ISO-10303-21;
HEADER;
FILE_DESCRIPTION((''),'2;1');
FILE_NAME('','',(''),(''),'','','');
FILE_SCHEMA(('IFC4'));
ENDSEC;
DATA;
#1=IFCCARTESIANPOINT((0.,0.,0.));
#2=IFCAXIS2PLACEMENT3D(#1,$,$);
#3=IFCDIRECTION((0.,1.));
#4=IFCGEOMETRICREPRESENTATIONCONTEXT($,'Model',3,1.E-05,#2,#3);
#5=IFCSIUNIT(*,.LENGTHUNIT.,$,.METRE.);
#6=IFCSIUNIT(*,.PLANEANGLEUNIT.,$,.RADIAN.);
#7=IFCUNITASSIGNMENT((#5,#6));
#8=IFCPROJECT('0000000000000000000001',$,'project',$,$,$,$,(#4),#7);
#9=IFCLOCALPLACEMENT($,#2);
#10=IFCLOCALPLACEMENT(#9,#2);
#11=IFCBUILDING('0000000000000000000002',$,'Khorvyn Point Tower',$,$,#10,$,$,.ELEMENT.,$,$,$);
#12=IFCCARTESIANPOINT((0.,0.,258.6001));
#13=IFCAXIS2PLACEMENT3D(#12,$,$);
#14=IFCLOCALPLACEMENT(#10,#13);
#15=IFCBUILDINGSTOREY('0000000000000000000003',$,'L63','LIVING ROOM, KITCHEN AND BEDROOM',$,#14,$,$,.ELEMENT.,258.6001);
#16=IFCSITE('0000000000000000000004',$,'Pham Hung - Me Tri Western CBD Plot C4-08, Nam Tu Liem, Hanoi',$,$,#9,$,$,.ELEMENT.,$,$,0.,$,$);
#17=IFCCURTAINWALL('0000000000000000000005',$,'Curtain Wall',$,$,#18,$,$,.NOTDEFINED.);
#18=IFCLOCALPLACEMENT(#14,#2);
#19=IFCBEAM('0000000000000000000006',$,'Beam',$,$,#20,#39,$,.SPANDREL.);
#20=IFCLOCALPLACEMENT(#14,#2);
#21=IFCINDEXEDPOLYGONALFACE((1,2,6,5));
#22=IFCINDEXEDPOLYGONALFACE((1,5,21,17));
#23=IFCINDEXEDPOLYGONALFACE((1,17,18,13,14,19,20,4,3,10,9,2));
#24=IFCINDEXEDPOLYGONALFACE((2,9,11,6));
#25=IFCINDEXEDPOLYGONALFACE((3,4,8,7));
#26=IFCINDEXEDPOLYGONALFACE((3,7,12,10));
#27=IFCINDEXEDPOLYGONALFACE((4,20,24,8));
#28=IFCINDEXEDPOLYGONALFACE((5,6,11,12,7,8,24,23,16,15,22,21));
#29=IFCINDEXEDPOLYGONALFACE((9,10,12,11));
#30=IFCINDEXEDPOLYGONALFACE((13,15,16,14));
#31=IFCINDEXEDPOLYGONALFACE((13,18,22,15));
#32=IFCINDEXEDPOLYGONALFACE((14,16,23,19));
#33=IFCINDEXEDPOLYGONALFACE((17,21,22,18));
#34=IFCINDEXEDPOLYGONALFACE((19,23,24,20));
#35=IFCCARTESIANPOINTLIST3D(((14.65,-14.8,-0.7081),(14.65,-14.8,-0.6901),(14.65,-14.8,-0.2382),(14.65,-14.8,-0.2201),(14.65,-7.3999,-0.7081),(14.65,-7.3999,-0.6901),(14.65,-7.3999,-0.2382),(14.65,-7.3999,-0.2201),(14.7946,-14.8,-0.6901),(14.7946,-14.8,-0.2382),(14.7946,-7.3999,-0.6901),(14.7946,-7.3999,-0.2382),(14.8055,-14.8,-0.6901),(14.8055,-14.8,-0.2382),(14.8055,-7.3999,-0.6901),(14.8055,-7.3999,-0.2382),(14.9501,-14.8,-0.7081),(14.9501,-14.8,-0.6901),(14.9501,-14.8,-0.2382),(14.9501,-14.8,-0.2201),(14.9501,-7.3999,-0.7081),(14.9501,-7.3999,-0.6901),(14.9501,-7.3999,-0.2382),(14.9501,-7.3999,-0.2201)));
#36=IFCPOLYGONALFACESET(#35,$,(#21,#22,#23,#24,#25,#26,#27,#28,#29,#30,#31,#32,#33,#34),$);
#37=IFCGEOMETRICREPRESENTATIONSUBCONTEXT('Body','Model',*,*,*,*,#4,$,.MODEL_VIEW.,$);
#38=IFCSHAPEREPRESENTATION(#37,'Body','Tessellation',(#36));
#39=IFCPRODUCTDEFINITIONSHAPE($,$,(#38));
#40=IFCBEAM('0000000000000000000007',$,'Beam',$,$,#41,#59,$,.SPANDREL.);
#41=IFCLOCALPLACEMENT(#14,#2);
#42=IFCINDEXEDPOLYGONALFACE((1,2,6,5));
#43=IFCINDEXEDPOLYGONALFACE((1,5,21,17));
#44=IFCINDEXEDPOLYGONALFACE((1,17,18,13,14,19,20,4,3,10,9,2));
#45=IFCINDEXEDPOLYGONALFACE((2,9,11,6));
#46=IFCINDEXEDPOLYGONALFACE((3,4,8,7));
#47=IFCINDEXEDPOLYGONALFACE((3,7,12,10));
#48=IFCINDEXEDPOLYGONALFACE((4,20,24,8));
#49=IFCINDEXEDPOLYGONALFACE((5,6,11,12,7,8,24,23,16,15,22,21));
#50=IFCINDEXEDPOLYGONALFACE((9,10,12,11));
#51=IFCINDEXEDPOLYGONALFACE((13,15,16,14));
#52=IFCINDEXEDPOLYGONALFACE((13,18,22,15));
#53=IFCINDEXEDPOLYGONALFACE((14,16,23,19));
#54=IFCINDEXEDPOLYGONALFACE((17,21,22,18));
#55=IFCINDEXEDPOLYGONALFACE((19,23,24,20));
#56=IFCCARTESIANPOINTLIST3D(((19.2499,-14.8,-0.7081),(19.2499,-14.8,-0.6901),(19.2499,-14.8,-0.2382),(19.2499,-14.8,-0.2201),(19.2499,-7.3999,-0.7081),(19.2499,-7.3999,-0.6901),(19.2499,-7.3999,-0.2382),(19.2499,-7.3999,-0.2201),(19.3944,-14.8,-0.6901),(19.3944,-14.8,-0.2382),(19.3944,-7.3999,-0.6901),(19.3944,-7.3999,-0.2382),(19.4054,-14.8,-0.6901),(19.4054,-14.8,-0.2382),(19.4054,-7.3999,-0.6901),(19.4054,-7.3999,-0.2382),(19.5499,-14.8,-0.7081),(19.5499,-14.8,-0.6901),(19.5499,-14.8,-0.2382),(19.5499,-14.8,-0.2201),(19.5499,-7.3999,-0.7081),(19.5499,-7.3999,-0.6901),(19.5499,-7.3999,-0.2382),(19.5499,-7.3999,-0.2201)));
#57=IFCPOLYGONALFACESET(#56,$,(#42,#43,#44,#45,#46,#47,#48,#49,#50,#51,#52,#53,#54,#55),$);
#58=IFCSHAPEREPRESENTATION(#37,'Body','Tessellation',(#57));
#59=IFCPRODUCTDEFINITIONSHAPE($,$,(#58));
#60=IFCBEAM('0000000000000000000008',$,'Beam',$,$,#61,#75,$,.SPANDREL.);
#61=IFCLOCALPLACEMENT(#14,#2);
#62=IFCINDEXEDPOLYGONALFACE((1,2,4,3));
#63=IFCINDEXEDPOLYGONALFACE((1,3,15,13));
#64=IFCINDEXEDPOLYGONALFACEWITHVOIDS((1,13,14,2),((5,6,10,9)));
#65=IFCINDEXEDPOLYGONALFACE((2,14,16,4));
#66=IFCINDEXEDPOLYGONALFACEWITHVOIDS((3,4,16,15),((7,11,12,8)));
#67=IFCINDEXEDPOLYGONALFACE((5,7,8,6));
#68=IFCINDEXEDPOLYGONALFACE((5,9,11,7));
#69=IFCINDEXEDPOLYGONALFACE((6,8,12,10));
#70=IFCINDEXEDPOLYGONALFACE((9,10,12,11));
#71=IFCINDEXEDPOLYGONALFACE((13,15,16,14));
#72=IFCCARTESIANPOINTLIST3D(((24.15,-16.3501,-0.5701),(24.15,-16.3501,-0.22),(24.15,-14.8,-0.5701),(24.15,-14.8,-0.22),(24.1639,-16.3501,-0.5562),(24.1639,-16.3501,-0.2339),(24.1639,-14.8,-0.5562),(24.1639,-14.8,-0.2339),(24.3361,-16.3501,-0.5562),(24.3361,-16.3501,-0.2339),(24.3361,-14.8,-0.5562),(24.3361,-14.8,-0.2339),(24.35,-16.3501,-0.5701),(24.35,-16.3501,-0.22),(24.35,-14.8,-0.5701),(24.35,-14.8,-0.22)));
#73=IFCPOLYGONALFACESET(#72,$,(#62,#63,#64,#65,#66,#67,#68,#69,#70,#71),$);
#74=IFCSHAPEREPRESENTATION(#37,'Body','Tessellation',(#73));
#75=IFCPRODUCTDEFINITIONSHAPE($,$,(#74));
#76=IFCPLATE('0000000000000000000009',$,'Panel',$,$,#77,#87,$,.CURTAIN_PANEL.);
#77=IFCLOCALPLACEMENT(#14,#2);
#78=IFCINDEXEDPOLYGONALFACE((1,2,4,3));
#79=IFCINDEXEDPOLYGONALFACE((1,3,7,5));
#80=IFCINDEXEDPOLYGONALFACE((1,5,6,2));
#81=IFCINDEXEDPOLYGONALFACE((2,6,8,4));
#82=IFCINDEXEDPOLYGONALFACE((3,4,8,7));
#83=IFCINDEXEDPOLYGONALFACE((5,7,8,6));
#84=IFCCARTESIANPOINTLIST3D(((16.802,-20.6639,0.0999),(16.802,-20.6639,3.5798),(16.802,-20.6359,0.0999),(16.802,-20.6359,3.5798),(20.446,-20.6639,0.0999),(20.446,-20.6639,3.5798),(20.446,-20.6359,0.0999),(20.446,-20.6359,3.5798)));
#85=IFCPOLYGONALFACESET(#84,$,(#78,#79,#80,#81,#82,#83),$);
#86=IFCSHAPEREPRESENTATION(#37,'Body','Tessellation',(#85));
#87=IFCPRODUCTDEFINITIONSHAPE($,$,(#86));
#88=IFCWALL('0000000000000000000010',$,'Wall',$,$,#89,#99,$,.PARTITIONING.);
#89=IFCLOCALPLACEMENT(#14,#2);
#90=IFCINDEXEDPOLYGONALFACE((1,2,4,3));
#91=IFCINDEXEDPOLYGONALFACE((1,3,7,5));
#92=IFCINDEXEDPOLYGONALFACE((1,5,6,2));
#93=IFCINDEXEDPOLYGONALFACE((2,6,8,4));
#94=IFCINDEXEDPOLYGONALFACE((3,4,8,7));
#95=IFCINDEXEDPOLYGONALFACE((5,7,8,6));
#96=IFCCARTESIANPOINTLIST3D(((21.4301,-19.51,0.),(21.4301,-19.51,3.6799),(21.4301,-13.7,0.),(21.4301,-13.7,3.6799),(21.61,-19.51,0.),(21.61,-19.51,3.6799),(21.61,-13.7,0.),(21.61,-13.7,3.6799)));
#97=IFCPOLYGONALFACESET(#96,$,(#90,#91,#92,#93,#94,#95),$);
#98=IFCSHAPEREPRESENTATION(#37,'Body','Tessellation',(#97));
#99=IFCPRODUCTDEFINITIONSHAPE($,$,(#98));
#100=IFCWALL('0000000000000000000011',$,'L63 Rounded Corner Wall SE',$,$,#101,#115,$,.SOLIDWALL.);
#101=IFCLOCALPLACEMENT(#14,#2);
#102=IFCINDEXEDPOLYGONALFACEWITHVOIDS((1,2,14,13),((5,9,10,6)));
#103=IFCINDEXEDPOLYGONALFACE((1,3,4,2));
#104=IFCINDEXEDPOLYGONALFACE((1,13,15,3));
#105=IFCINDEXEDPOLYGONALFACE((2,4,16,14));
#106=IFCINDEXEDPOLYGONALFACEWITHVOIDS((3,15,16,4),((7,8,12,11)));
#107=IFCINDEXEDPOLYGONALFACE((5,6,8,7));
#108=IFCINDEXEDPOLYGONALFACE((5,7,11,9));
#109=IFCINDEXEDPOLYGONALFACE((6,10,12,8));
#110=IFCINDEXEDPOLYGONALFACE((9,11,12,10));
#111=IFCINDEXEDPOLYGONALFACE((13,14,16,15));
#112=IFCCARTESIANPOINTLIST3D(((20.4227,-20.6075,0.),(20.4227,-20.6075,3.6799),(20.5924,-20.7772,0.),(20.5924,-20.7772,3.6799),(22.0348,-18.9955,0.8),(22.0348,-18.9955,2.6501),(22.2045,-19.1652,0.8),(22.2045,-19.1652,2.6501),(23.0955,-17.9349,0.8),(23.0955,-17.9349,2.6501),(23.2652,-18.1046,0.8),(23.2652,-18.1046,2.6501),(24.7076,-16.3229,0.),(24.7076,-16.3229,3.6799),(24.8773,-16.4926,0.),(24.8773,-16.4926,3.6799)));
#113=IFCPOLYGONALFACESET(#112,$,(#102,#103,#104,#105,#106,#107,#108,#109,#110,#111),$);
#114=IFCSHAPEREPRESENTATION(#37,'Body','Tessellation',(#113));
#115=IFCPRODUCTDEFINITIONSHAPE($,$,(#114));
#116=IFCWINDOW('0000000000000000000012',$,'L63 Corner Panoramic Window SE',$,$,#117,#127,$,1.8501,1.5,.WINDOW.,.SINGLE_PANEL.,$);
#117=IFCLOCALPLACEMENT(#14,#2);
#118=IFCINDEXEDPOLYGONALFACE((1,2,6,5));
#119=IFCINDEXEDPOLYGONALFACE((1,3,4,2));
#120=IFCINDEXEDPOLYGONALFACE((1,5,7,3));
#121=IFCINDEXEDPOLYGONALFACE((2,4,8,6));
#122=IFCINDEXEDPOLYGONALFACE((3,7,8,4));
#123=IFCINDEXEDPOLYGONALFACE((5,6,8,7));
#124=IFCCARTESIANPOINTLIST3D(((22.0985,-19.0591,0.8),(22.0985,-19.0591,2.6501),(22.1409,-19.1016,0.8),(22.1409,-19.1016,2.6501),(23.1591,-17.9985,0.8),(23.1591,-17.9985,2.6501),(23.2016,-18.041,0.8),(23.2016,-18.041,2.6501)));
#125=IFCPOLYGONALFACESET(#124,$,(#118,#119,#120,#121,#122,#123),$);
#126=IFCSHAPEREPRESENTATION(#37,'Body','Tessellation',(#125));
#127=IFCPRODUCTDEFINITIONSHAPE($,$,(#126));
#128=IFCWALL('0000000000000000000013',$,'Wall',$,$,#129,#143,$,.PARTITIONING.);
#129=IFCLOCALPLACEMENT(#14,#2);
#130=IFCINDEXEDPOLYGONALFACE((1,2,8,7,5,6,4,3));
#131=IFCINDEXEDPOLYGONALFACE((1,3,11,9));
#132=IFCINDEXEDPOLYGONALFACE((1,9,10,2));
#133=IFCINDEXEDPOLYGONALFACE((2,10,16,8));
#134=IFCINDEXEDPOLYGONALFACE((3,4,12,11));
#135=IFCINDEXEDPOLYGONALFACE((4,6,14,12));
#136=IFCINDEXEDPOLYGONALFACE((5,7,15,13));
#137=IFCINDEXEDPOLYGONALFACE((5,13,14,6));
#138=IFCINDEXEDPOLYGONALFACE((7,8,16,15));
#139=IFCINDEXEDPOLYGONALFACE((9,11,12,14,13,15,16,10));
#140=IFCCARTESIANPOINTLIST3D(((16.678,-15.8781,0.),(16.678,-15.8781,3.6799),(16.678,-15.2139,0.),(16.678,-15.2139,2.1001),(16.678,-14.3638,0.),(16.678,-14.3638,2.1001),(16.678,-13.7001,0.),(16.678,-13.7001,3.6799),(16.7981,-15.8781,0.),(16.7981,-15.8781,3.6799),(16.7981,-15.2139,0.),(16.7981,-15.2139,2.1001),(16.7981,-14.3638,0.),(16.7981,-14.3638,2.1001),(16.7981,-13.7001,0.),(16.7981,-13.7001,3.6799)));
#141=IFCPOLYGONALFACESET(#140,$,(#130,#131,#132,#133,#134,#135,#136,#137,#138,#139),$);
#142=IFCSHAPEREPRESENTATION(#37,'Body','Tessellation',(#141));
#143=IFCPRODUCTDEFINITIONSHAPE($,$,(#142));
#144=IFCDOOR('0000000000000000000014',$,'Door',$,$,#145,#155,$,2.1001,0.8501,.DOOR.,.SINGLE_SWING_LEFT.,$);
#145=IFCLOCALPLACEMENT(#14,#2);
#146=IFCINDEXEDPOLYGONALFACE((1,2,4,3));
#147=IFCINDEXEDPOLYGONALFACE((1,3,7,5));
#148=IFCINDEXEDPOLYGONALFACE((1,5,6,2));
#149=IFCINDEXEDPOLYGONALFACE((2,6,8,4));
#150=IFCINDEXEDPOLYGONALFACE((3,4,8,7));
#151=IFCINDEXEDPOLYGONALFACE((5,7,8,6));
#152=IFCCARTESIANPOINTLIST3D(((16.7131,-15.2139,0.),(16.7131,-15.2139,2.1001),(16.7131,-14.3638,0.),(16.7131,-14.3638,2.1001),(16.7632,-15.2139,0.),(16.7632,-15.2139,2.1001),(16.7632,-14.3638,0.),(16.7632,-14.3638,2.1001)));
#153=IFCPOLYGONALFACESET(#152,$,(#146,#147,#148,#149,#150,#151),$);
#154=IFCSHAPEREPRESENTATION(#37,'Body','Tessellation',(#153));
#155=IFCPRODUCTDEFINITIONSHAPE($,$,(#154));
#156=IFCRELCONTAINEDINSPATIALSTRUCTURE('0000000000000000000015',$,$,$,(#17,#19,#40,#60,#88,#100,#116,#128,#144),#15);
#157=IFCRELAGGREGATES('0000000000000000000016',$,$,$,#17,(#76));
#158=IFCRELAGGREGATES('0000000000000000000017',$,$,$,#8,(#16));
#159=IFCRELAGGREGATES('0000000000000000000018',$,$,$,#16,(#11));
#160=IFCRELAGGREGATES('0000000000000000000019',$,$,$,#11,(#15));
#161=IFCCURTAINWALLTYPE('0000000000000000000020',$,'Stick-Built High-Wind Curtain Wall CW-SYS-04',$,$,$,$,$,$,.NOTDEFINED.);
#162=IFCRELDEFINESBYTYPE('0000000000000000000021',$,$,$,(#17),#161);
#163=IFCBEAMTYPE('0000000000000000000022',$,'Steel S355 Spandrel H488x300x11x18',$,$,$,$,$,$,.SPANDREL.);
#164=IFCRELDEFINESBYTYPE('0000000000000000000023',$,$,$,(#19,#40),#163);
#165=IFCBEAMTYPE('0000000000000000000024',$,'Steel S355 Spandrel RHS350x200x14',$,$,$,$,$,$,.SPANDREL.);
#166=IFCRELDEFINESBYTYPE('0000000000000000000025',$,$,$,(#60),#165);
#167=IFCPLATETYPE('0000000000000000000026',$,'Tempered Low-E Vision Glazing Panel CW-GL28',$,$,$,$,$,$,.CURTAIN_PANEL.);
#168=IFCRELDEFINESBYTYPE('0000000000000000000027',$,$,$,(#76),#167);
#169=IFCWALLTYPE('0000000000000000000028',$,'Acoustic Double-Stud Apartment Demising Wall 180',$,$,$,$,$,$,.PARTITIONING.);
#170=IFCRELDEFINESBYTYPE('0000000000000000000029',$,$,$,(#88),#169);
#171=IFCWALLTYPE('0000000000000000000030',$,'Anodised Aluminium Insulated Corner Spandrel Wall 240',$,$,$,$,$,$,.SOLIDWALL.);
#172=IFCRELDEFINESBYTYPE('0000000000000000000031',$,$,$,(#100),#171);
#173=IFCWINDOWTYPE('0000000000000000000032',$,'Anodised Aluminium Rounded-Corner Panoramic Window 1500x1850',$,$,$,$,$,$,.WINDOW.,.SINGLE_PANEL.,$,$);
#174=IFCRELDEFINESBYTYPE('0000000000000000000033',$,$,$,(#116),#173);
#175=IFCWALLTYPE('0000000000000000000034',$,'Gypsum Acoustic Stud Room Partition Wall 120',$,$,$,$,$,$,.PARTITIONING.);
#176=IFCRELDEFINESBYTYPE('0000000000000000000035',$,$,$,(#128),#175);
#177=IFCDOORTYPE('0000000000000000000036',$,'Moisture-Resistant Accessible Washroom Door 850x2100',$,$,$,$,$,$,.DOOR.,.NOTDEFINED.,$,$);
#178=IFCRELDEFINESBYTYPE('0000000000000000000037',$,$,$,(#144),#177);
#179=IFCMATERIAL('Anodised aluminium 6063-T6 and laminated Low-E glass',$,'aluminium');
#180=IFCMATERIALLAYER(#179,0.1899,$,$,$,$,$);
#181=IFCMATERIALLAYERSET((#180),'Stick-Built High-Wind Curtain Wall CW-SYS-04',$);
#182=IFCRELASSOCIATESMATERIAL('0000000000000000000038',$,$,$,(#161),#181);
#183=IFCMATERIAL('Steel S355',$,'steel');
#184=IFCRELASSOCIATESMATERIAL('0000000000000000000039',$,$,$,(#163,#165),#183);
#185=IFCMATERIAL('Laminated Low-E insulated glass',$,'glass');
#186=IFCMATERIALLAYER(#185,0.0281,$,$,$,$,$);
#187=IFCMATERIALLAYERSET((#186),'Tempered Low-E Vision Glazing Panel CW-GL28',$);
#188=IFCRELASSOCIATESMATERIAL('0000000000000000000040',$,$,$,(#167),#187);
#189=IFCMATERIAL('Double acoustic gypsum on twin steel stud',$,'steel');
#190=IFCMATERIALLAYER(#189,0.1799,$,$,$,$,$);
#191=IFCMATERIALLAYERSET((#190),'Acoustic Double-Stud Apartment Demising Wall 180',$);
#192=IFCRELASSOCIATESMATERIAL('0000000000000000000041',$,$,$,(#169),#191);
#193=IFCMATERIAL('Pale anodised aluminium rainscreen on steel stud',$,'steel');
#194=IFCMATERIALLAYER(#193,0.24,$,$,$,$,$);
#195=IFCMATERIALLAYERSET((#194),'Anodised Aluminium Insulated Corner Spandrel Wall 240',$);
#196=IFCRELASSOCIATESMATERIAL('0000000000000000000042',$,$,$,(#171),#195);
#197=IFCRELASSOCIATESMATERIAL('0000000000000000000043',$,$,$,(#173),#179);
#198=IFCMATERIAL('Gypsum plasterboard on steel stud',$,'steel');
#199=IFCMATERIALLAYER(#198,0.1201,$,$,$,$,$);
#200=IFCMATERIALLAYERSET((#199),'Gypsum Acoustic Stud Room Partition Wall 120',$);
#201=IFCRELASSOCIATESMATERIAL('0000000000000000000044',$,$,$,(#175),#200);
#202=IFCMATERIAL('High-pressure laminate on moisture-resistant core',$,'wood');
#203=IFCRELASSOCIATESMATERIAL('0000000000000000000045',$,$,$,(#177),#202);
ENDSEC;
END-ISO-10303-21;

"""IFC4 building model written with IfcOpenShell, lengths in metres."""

from ifc_helpers import new_model, si_unit, direction, frame, frame_2d, origin, origin_2d, place, context, subcontext, project, spatial, rectangle, hollow_rectangle, i_section, extrude, material, layer, layer_set, material_profile, profile_set, type_object, element, fill, aggregate, save


model = new_model("IFC4")

# Units and contexts
model_context = context("Model", 3, precision=1e-05, world=origin(), true_north=direction((0.0, 1.0)))
body_context = subcontext(model_context, "Body", "Model", "MODEL_VIEW")
ifc_project = project(units=[si_unit("LENGTHUNIT", "METRE"), si_unit("PLANEANGLEUNIT", "RADIAN")], contexts=[model_context])

# Site, building, storey
site_placement = place(None, origin())
site = spatial("IfcSite", under=ifc_project, at=site_placement, Name="Pham Hung - Me Tri Western CBD Plot C4-08, Nam Tu Liem, Hanoi", CompositionType="ELEMENT", RefElevation=0.0)
building_placement = place(site_placement, origin())
building = spatial("IfcBuilding", under=site, at=building_placement, Name="Khorvyn Point Tower", CompositionType="ELEMENT")
storey_placement = place(building_placement, frame((0.0, 0.0, 258.6001)))
storey = spatial("IfcBuildingStorey", under=building, at=storey_placement, Name="L63", Description="LIVING ROOM, KITCHEN AND BEDROOM", CompositionType="ELEMENT", Elevation=258.6001)

# Shared definitions
ifc_material_1 = material(Name="Steel S355", Category="steel")

# Curtain wall
ifc_material_2 = material(Name="Anodised aluminium 6063-T6 and laminated Low-E glass", Category="aluminium")
ifc_layer_1 = layer(ifc_material_2, 0.1899)
ifc_layer_set_1 = layer_set([ifc_layer_1], Name="Stick-Built High-Wind Curtain Wall CW-SYS-04")
curtain_wall_type = type_object("IfcCurtainWallType", Name="Stick-Built High-Wind Curtain Wall CW-SYS-04", PredefinedType="NOTDEFINED", material=ifc_layer_set_1)
curtain_wall_1_placement = place(storey_placement, origin())
curtain_wall_1 = element("IfcCurtainWall", 1, at=curtain_wall_1_placement, inside=storey, type_object=curtain_wall_type, Name="Curtain Wall", PredefinedType="NOTDEFINED")

# Beams
ifc_material_profile_1 = material_profile(ifc_material_1, i_section(OverallWidth=0.3, OverallDepth=0.488, WebThickness=0.011, FlangeThickness=0.0181, at=origin_2d()))
ifc_profile_set_1 = profile_set([ifc_material_profile_1], Name="Steel S355 H488x300x11x18")
beam_type_1 = type_object("IfcBeamType", Name="Steel S355 Spandrel H488x300x11x18", PredefinedType="SPANDREL", material=ifc_profile_set_1)
for number, where, z_axis, x_axis, name in (
    (2, (14.8, -14.8, -0.4641), (0.0, 1.0, 0.0), (-1.0, 0.0, 0.0), "Beam"),
    (3, (19.3999, -14.8, -0.4641), (0.0, 1.0, 0.0), (-1.0, 0.0, 0.0), "Beam"),
):
    element("IfcBeam", number, at=place(storey_placement, frame(where, z_axis=z_axis, x_axis=x_axis)), inside=storey, type_object=beam_type_1, Name=name, PredefinedType="SPANDREL", context=body_context, shape_type="SweptSolid", body=[
        extrude(i_section(OverallWidth=0.3, OverallDepth=0.488, WebThickness=0.011, FlangeThickness=0.0181, at=origin_2d()), origin(), (0.0, 0.0, 1.0), 7.4001),
    ])
ifc_material_profile_2 = material_profile(ifc_material_1, hollow_rectangle(XDim=0.2, YDim=0.3501, WallThickness=0.0139, at=origin_2d()))
ifc_profile_set_2 = profile_set([ifc_material_profile_2], Name="Steel S355 RHS350x200x14")
beam_type_2 = type_object("IfcBeamType", Name="Steel S355 Spandrel RHS350x200x14", PredefinedType="SPANDREL", material=ifc_profile_set_2)
beam_1_placement = place(storey_placement, frame((24.25, -16.3501, -0.395), z_axis=(0.0, 1.0, 0.0), x_axis=(-1.0, 0.0, 0.0)))
element("IfcBeam", 4, at=beam_1_placement, inside=storey, type_object=beam_type_2, Name="Beam", PredefinedType="SPANDREL", context=body_context, shape_type="SweptSolid", body=[
    extrude(hollow_rectangle(XDim=0.2, YDim=0.3501, WallThickness=0.0139, at=origin_2d()), origin(), (0.0, 0.0, 1.0), 1.55),
])

# Plate
ifc_material_3 = material(Name="Laminated Low-E insulated glass", Category="glass")
ifc_layer_2 = layer(ifc_material_3, 0.0281)
ifc_layer_set_2 = layer_set([ifc_layer_2], Name="Tempered Low-E Vision Glazing Panel CW-GL28")
plate_type = type_object("IfcPlateType", Name="Tempered Low-E Vision Glazing Panel CW-GL28", PredefinedType="CURTAIN_PANEL", material=ifc_layer_set_2)
plate_placement = place(storey_placement, frame((18.624, -20.6499, 0.0999), z_axis=(0.0, 0.0, 1.0), x_axis=(-1.0, 0.0, 0.0)))
plate = element("IfcPlate", 5, at=plate_placement, type_object=plate_type, Name="Panel", PredefinedType="CURTAIN_PANEL", context=body_context, shape_type="SweptSolid", body=[
    extrude(rectangle(XDim=3.644, YDim=0.0281, at=origin_2d()), origin(), (0.0, 0.0, 1.0), 3.48),
])
aggregate(curtain_wall_1, [plate])

# Wall
ifc_material_4 = material(Name="Double acoustic gypsum on twin steel stud", Category="steel")
ifc_layer_3 = layer(ifc_material_4, 0.1799)
ifc_layer_set_3 = layer_set([ifc_layer_3], Name="Acoustic Double-Stud Apartment Demising Wall 180")
wall_type_1 = type_object("IfcWallType", Name="Acoustic Double-Stud Apartment Demising Wall 180", PredefinedType="PARTITIONING", material=ifc_layer_set_3)
wall_1_placement = place(storey_placement, frame((21.52, -19.51, 0.0), z_axis=(0.0, 0.0, 1.0), x_axis=(0.0, 1.0, 0.0)))
element("IfcWall", 6, at=wall_1_placement, inside=storey, type_object=wall_type_1, Name="Wall", PredefinedType="PARTITIONING", context=body_context, shape_type="SweptSolid", body=[
    extrude(rectangle(XDim=5.8101, YDim=0.1799, at=frame_2d((2.905, 0.0))), origin(), (0.0, 0.0, 1.0), 3.6799),
])

# Wall, opening, window
ifc_material_5 = material(Name="Pale anodised aluminium rainscreen on steel stud", Category="steel")
ifc_layer_4 = layer(ifc_material_5, 0.24)
ifc_layer_set_4 = layer_set([ifc_layer_4], Name="Anodised Aluminium Insulated Corner Spandrel Wall 240")
wall_type_2 = type_object("IfcWallType", Name="Anodised Aluminium Insulated Corner Spandrel Wall 240", PredefinedType="SOLIDWALL", material=ifc_layer_set_4)
wall_2_placement = place(storey_placement, frame((24.7925, -16.4077, 0.0), z_axis=(0.0, 0.0, 1.0), x_axis=(-0.707127, -0.707087, 0.0)))
wall_2 = element("IfcWall", 7, at=wall_2_placement, inside=storey, type_object=wall_type_2, Name="L63 Rounded Corner Wall SE", PredefinedType="SOLIDWALL", context=body_context, shape_type="SweptSolid", body=[
    extrude(rectangle(XDim=6.0596, YDim=0.24, at=frame_2d((3.0298, 0.0))), origin(), (0.0, 0.0, 1.0), 3.6799),
])
opening_1_placement = place(wall_2_placement, frame((2.2798, 0.0, 0.8)))
opening_1 = element("IfcOpeningElement", 8, at=opening_1_placement, cuts=wall_2, PredefinedType="OPENING", context=body_context, shape_type="SweptSolid", body=[
    extrude(rectangle(XDim=1.5, YDim=1.8501, at=frame_2d((0.75, 0.925))), frame((0.0, 0.1299, 0.0), z_axis=(0.0, -1.0, 0.0), x_axis=(1.0, 0.0, 0.0)), (0.0, 0.0, 1.0), 0.26),
])
window_type = type_object("IfcWindowType", Name="Anodised Aluminium Rounded-Corner Panoramic Window 1500x1850", PartitioningType="SINGLE_PANEL", PredefinedType="WINDOW", material=ifc_material_2)
window_placement = place(opening_1_placement, origin())
window = element("IfcWindow", 9, at=window_placement, inside=storey, type_object=window_type, Name="L63 Corner Panoramic Window SE", OverallHeight=1.8501, OverallWidth=1.5, PartitioningType="SINGLE_PANEL", PredefinedType="WINDOW", context=body_context, shape_type="SweptSolid", body=[
    extrude(rectangle(XDim=1.5, YDim=1.8501, at=frame_2d((0.75, 0.925))), frame((0.0, 0.03, 0.0), z_axis=(0.0, -1.0, 0.0), x_axis=(1.0, 0.0, 0.0)), (0.0, 0.0, 1.0), 0.0601),
])
fill(opening_1, window)

# Wall, opening, door
ifc_material_6 = material(Name="Gypsum plasterboard on steel stud", Category="steel")
ifc_layer_5 = layer(ifc_material_6, 0.1201)
ifc_layer_set_5 = layer_set([ifc_layer_5], Name="Gypsum Acoustic Stud Room Partition Wall 120")
wall_type_3 = type_object("IfcWallType", Name="Gypsum Acoustic Stud Room Partition Wall 120", PredefinedType="PARTITIONING", material=ifc_layer_set_5)
wall_3_placement = place(storey_placement, frame((16.738, -15.8779, 0.0), z_axis=(0.0, 0.0, 1.0), x_axis=(0.0, 1.0, 0.0)))
wall_3 = element("IfcWall", 10, at=wall_3_placement, inside=storey, type_object=wall_type_3, Name="Wall", PredefinedType="PARTITIONING", context=body_context, shape_type="SweptSolid", body=[
    extrude(rectangle(XDim=2.178, YDim=0.1201, at=frame_2d((1.0889, 0.0))), origin(), (0.0, 0.0, 1.0), 3.6799),
])
opening_2_placement = place(wall_3_placement, frame((0.6641, 0.0, 0.0)))
opening_2 = element("IfcOpeningElement", 11, at=opening_2_placement, cuts=wall_3, PredefinedType="OPENING", context=body_context, shape_type="SweptSolid", body=[
    extrude(rectangle(XDim=0.8501, YDim=2.1001, at=frame_2d((0.425, 1.05))), frame((0.0, 0.0701, 0.0), z_axis=(0.0, -1.0, 0.0), x_axis=(1.0, 0.0, 0.0)), (0.0, 0.0, 1.0), 0.1401),
])
ifc_material_7 = material(Name="High-pressure laminate on moisture-resistant core", Category="wood")
door_type_1 = type_object("IfcDoorType", Name="Moisture-Resistant Accessible Washroom Door 850x2100", OperationType="NOTDEFINED", PredefinedType="DOOR", material=ifc_material_7)
door_1_placement = place(opening_2_placement, origin())
door_1 = element("IfcDoor", 12, at=door_1_placement, inside=storey, type_object=door_type_1, Name="Door", OperationType="SINGLE_SWING_LEFT", OverallHeight=2.1001, OverallWidth=0.8501, PredefinedType="DOOR", context=body_context, shape_type="SweptSolid", body=[
    extrude(rectangle(XDim=0.8501, YDim=2.1001, at=frame_2d((0.425, 1.05))), frame((0.0, 0.0249, 0.0), z_axis=(0.0, -1.0, 0.0), x_axis=(1.0, 0.0, 0.0)), (0.0, 0.0, 1.0), 0.05),
])
fill(opening_2, door_1)

save(model, "model.ifc")
